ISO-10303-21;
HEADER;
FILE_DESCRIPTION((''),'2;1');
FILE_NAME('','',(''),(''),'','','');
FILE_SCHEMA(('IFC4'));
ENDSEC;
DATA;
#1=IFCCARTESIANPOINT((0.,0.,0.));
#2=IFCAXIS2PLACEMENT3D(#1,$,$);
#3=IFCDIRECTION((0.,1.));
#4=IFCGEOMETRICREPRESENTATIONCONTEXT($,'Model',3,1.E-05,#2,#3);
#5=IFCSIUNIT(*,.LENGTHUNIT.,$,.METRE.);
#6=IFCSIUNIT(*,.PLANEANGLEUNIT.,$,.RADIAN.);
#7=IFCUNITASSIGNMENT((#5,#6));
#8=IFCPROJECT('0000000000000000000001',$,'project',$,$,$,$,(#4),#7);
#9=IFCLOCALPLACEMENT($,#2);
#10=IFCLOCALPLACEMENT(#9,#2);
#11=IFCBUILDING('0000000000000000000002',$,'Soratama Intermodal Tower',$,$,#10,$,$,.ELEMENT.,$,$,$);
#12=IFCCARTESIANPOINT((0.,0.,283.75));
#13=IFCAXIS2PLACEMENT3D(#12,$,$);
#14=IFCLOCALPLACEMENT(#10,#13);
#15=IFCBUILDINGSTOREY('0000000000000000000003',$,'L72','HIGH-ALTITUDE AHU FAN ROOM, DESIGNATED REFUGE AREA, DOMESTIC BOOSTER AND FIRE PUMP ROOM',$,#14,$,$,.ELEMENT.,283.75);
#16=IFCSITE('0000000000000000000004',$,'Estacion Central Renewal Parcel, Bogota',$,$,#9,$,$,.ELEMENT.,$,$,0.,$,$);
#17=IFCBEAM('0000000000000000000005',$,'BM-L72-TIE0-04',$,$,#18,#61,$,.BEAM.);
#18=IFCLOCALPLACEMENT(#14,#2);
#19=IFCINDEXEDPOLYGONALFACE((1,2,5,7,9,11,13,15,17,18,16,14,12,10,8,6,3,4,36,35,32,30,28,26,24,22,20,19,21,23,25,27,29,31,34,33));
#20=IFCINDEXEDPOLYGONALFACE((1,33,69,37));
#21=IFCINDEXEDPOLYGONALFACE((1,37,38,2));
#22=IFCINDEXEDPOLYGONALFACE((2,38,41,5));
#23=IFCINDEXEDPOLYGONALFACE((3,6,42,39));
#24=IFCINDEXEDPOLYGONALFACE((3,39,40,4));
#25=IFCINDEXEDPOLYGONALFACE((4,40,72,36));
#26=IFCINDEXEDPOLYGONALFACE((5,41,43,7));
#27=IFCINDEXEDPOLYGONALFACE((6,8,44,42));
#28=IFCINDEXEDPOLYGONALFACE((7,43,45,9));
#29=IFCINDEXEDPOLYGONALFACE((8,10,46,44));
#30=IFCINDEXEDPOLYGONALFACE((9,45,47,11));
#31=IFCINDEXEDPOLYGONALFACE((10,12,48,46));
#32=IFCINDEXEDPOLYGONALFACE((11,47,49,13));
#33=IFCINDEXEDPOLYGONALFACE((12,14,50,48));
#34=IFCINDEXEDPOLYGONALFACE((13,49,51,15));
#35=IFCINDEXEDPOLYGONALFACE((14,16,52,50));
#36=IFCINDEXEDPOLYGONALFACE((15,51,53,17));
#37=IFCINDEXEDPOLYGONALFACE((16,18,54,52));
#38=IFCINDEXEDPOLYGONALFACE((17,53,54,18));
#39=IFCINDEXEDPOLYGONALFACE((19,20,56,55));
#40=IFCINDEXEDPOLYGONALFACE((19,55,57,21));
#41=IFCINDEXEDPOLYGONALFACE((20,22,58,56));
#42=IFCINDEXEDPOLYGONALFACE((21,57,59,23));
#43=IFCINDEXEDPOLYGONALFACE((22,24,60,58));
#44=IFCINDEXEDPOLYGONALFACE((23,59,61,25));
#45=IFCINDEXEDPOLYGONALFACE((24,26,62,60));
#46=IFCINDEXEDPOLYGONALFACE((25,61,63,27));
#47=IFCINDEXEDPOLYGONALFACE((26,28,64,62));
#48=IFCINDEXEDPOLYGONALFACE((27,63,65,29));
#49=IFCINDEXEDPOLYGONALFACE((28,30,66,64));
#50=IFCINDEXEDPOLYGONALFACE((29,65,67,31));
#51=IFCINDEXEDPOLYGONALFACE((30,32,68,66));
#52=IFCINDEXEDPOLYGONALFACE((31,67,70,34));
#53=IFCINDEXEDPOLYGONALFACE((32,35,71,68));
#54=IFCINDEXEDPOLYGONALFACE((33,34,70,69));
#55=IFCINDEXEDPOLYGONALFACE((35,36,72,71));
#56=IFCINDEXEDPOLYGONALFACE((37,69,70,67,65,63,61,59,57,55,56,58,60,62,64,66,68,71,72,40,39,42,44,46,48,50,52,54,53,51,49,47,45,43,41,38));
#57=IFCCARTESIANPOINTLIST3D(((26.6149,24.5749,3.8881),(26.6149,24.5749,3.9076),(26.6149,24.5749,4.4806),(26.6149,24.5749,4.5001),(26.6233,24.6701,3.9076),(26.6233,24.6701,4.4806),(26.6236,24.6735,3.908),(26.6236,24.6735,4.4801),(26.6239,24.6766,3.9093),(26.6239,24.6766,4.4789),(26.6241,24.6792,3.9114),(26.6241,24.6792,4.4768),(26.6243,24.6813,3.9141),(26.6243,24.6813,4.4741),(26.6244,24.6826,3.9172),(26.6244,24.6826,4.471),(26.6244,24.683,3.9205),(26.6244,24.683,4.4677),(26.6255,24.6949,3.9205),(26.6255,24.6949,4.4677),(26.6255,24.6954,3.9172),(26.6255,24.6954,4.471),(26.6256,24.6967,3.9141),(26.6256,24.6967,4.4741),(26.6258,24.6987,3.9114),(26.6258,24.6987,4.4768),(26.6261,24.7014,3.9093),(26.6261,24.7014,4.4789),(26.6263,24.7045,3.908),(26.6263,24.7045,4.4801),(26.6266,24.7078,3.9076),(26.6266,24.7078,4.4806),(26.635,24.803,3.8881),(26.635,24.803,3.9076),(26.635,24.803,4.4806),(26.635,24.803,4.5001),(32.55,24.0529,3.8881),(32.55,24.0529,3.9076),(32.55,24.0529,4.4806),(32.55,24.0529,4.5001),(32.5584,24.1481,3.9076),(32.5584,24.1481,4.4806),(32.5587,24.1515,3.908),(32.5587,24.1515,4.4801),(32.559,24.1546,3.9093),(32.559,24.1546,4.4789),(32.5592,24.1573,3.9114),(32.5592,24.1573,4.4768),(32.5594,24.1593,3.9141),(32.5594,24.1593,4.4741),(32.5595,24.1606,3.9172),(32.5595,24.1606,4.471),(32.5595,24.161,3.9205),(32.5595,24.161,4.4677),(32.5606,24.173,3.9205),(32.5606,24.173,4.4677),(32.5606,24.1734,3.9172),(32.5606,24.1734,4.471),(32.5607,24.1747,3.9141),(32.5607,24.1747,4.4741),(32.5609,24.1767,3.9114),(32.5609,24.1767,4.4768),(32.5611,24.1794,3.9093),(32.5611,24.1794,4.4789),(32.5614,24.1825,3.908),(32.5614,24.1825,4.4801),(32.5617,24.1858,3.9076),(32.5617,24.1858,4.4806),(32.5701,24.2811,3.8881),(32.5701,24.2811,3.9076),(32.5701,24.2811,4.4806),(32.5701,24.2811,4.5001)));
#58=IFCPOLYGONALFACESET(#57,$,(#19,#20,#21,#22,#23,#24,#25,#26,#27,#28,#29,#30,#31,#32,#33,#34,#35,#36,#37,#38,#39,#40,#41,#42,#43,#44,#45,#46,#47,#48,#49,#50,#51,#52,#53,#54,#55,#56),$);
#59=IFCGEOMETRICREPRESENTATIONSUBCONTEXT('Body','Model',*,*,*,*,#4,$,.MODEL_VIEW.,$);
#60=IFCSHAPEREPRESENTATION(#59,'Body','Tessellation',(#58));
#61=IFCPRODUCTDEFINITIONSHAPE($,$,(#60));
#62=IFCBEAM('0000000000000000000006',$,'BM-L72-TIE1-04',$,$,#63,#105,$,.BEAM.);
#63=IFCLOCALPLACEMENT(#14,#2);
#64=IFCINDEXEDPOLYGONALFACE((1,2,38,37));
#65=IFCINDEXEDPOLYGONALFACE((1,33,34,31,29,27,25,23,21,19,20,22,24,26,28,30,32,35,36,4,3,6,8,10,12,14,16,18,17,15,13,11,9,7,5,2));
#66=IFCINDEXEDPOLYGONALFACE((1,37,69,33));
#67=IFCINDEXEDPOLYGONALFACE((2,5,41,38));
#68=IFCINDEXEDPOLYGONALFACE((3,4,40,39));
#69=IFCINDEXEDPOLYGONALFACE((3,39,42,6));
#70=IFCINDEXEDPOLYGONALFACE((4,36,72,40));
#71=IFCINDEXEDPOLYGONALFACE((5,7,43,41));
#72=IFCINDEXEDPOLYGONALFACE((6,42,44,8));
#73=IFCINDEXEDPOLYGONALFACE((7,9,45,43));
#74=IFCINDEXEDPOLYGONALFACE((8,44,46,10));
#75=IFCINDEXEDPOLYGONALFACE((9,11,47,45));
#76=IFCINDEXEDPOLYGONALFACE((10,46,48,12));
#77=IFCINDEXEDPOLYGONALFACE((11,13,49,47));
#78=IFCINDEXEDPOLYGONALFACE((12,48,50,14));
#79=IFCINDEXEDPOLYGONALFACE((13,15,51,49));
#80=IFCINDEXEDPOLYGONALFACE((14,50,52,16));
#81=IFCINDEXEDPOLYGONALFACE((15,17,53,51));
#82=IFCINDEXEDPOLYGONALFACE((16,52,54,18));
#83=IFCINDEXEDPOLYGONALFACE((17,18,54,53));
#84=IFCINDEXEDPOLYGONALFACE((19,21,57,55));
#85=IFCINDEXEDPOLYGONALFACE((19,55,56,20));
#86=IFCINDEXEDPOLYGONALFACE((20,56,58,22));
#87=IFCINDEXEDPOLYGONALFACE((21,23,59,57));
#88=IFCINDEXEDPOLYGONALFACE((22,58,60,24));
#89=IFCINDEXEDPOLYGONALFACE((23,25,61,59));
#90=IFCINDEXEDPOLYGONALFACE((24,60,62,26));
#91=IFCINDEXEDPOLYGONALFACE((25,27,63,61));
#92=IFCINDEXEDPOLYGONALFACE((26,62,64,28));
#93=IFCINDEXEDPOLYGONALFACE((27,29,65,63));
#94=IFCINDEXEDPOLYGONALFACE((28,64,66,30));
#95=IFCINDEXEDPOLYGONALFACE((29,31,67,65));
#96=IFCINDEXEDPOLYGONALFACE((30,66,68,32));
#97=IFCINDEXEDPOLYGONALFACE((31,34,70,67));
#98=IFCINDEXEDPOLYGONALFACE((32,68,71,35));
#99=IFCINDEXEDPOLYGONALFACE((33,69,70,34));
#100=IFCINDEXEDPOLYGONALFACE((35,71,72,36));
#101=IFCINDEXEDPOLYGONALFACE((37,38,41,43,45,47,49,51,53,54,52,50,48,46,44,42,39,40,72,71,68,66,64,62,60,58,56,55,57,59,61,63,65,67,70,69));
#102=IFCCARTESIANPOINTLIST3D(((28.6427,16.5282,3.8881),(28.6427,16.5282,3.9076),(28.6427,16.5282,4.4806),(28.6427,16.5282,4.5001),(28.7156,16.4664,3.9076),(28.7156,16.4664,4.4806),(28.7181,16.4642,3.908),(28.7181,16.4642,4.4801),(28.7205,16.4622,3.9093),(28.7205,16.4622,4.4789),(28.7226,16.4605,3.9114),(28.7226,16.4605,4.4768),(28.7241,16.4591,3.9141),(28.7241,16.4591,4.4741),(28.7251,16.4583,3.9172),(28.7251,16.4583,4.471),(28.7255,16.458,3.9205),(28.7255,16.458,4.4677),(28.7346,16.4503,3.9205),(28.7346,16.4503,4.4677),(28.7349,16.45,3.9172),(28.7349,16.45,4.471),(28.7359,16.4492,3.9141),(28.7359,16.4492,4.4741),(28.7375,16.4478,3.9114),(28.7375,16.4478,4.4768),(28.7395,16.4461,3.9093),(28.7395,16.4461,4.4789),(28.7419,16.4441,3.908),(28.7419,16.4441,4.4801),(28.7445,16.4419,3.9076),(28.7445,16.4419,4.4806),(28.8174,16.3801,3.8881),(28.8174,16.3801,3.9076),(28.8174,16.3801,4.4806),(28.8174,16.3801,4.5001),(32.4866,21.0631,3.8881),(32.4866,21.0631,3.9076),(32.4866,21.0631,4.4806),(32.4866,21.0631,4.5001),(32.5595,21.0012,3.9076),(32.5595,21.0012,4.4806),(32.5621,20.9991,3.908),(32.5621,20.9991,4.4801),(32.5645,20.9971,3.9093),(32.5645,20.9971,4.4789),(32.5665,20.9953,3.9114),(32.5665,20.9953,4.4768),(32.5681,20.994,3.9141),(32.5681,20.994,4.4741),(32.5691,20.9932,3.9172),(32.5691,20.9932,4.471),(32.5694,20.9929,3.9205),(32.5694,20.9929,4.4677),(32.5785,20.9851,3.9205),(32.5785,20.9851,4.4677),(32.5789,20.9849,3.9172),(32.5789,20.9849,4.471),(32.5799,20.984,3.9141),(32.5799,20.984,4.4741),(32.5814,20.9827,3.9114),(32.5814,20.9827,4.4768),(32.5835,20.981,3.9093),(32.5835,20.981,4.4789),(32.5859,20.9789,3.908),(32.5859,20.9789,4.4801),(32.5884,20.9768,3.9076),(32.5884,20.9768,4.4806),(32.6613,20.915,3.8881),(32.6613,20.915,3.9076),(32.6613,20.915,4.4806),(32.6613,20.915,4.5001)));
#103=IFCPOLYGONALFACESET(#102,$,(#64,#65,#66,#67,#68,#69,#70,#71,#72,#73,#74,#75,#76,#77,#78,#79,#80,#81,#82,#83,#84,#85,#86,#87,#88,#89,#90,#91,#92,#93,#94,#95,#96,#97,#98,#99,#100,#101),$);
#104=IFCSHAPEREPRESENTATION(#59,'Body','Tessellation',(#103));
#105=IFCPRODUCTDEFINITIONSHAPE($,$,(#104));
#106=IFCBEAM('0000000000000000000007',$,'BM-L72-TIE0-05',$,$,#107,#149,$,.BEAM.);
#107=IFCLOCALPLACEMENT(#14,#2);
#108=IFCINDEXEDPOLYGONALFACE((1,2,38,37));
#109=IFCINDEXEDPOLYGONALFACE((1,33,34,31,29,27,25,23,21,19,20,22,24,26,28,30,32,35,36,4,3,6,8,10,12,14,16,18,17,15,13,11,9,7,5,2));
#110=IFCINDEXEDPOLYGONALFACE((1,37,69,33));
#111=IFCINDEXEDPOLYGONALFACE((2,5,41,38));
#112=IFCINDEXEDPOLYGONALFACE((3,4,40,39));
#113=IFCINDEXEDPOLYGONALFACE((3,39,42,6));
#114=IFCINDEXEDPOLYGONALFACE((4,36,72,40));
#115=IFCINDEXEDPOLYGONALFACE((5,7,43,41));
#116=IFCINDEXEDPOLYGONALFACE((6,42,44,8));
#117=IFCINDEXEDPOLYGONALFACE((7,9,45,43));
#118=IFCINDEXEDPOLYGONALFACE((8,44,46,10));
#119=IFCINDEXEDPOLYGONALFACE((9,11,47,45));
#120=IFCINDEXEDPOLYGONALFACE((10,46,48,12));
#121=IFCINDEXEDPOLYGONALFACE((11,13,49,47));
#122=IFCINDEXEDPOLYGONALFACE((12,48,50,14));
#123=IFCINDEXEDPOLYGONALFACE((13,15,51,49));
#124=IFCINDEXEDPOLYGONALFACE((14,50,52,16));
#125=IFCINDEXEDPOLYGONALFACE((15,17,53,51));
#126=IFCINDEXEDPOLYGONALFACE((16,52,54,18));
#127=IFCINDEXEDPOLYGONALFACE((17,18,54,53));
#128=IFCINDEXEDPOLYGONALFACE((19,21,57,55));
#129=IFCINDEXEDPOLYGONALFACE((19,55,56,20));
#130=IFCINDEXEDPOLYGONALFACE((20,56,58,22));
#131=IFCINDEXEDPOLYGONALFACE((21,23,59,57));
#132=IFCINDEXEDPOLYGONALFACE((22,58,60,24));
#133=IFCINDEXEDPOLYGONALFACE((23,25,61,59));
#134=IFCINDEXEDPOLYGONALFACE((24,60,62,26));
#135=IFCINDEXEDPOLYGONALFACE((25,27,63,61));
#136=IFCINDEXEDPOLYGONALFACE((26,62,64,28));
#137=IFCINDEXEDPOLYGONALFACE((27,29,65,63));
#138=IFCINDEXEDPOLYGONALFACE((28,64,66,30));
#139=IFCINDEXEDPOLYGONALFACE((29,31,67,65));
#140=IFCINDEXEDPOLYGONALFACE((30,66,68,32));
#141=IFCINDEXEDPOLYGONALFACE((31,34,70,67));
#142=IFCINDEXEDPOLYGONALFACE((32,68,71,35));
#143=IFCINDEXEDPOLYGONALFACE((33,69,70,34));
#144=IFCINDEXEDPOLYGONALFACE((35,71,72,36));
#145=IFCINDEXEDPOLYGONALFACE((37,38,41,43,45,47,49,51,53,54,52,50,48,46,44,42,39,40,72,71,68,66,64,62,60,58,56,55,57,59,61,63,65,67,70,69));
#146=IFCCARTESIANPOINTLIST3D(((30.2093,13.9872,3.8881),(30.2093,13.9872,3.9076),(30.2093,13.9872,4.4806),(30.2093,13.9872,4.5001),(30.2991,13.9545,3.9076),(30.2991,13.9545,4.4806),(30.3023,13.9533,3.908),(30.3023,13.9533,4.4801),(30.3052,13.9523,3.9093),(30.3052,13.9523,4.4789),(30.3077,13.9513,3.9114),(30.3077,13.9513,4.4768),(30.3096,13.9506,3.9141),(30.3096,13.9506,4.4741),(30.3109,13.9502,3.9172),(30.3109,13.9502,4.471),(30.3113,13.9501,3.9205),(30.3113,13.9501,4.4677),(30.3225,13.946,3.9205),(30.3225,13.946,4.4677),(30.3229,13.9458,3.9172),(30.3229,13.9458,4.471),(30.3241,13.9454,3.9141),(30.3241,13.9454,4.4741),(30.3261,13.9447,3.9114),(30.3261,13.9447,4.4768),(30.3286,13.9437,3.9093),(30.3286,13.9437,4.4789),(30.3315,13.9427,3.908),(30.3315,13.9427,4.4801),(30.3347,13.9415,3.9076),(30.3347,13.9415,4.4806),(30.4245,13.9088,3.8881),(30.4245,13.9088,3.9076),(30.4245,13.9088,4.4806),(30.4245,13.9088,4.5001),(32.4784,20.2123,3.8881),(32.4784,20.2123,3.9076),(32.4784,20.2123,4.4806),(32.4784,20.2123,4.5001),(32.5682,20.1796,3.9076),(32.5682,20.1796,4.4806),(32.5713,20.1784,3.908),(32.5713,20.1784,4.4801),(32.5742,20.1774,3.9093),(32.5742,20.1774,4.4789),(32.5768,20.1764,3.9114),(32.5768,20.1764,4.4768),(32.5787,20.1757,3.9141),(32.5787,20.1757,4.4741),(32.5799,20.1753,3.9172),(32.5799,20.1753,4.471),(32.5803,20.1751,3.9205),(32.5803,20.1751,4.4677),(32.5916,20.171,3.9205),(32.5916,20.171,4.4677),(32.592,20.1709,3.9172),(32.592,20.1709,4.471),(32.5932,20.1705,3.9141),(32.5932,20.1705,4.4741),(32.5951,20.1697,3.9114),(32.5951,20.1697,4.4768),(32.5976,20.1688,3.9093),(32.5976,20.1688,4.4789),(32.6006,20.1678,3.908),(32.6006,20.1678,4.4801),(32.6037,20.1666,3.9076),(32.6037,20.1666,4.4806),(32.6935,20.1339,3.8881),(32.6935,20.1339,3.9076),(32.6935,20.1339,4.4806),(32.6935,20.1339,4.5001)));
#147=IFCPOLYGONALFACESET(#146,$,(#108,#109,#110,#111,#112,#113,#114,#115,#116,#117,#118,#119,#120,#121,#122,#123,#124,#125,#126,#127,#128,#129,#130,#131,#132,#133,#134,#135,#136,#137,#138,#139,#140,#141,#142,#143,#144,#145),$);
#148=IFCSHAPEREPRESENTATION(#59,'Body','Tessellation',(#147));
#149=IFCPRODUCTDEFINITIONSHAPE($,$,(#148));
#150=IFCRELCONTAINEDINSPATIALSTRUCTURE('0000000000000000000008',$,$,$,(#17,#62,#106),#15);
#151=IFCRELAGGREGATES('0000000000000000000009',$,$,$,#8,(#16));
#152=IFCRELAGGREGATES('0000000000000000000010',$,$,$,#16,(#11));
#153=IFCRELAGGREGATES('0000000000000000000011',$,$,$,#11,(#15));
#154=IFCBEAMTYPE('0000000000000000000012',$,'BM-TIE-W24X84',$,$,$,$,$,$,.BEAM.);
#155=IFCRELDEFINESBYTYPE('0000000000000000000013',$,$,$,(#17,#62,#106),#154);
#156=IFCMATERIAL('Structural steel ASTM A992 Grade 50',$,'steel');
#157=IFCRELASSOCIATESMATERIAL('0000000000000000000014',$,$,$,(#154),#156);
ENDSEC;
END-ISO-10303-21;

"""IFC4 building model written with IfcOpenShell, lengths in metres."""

from ifc_helpers import new_model, si_unit, direction, frame, origin, origin_2d, place, context, subcontext, project, spatial, i_section, extrude, material, material_profile, profile_set, type_object, element, save


model = new_model("IFC4")

# Units and contexts
model_context = context("Model", 3, precision=1e-05, world=origin(), true_north=direction((0.0, 1.0)))
body_context = subcontext(model_context, "Body", "Model", "MODEL_VIEW")
ifc_project = project(units=[si_unit("LENGTHUNIT", "METRE"), si_unit("PLANEANGLEUNIT", "RADIAN")], contexts=[model_context])

# Site, building, storey
site_placement = place(None, origin())
site = spatial("IfcSite", under=ifc_project, at=site_placement, Name="Estacion Central Renewal Parcel, Bogota", CompositionType="ELEMENT", RefElevation=0.0)
building_placement = place(site_placement, origin())
building = spatial("IfcBuilding", under=site, at=building_placement, Name="Soratama Intermodal Tower", CompositionType="ELEMENT")
storey_placement = place(building_placement, frame((0.0, 0.0, 283.75)))
storey = spatial("IfcBuildingStorey", under=building, at=storey_placement, Name="L72", Description="HIGH-ALTITUDE AHU FAN ROOM, DESIGNATED REFUGE AREA, DOMESTIC BOOSTER AND FIRE PUMP ROOM", CompositionType="ELEMENT", Elevation=283.75)

# Beams
ifc_material_1 = material(Name="Structural steel ASTM A992 Grade 50", Category="steel")
ifc_material_profile_1 = material_profile(ifc_material_1, i_section(OverallWidth=0.229, OverallDepth=0.6121, WebThickness=0.012, FlangeThickness=0.0195, FilletRadius=0.0129, at=origin_2d()), Name="W24X84")
ifc_profile_set_1 = profile_set([ifc_material_profile_1], Name="Structural steel ASTM A992 Grade 50")
beam_type_1 = type_object("IfcBeamType", Name="BM-TIE-W24X84", PredefinedType="BEAM", material=ifc_profile_set_1)
beam_1_placement = place(storey_placement, frame((32.5601, 24.167, 4.1941), z_axis=(-0.996155, 0.087609, 0.0), x_axis=(-0.087609, -0.996155, 0.0)))
element("IfcBeam", 1, at=beam_1_placement, inside=storey, type_object=beam_type_1, Name="BM-L72-TIE0-04", PredefinedType="BEAM", context=body_context, shape_type="SweptSolid", body=[
    extrude(i_section(OverallWidth=0.229, OverallDepth=0.6121, WebThickness=0.012, FlangeThickness=0.0195, FilletRadius=0.0129, at=origin_2d()), origin(), (0.0, 0.0, 1.0), 5.958),
])
beam_2_placement = place(storey_placement, frame((32.574, 20.989, 4.1941), z_axis=(-0.646605, -0.762825, 0.0), x_axis=(0.762825, -0.646605, 0.0)))
element("IfcBeam", 2, at=beam_2_placement, inside=storey, type_object=beam_type_1, Name="BM-L72-TIE1-04", PredefinedType="BEAM", context=body_context, shape_type="SweptSolid", body=[
    extrude(i_section(OverallWidth=0.229, OverallDepth=0.6121, WebThickness=0.012, FlangeThickness=0.0195, FilletRadius=0.0129, at=origin_2d()), origin(), (0.0, 0.0, 1.0), 5.9448),
])
beam_3_placement = place(storey_placement, frame((32.5859, 20.1731, 4.1941), z_axis=(-0.342459, -0.939533, 0.0), x_axis=(0.939533, -0.342459, 0.0)))
element("IfcBeam", 3, at=beam_3_placement, inside=storey, type_object=beam_type_1, Name="BM-L72-TIE0-05", PredefinedType="BEAM", context=body_context, shape_type="SweptSolid", body=[
    extrude(i_section(OverallWidth=0.229, OverallDepth=0.6121, WebThickness=0.012, FlangeThickness=0.0195, FilletRadius=0.0129, at=origin_2d()), origin(), (0.0, 0.0, 1.0), 6.6257),
])

save(model, "model.ifc")
